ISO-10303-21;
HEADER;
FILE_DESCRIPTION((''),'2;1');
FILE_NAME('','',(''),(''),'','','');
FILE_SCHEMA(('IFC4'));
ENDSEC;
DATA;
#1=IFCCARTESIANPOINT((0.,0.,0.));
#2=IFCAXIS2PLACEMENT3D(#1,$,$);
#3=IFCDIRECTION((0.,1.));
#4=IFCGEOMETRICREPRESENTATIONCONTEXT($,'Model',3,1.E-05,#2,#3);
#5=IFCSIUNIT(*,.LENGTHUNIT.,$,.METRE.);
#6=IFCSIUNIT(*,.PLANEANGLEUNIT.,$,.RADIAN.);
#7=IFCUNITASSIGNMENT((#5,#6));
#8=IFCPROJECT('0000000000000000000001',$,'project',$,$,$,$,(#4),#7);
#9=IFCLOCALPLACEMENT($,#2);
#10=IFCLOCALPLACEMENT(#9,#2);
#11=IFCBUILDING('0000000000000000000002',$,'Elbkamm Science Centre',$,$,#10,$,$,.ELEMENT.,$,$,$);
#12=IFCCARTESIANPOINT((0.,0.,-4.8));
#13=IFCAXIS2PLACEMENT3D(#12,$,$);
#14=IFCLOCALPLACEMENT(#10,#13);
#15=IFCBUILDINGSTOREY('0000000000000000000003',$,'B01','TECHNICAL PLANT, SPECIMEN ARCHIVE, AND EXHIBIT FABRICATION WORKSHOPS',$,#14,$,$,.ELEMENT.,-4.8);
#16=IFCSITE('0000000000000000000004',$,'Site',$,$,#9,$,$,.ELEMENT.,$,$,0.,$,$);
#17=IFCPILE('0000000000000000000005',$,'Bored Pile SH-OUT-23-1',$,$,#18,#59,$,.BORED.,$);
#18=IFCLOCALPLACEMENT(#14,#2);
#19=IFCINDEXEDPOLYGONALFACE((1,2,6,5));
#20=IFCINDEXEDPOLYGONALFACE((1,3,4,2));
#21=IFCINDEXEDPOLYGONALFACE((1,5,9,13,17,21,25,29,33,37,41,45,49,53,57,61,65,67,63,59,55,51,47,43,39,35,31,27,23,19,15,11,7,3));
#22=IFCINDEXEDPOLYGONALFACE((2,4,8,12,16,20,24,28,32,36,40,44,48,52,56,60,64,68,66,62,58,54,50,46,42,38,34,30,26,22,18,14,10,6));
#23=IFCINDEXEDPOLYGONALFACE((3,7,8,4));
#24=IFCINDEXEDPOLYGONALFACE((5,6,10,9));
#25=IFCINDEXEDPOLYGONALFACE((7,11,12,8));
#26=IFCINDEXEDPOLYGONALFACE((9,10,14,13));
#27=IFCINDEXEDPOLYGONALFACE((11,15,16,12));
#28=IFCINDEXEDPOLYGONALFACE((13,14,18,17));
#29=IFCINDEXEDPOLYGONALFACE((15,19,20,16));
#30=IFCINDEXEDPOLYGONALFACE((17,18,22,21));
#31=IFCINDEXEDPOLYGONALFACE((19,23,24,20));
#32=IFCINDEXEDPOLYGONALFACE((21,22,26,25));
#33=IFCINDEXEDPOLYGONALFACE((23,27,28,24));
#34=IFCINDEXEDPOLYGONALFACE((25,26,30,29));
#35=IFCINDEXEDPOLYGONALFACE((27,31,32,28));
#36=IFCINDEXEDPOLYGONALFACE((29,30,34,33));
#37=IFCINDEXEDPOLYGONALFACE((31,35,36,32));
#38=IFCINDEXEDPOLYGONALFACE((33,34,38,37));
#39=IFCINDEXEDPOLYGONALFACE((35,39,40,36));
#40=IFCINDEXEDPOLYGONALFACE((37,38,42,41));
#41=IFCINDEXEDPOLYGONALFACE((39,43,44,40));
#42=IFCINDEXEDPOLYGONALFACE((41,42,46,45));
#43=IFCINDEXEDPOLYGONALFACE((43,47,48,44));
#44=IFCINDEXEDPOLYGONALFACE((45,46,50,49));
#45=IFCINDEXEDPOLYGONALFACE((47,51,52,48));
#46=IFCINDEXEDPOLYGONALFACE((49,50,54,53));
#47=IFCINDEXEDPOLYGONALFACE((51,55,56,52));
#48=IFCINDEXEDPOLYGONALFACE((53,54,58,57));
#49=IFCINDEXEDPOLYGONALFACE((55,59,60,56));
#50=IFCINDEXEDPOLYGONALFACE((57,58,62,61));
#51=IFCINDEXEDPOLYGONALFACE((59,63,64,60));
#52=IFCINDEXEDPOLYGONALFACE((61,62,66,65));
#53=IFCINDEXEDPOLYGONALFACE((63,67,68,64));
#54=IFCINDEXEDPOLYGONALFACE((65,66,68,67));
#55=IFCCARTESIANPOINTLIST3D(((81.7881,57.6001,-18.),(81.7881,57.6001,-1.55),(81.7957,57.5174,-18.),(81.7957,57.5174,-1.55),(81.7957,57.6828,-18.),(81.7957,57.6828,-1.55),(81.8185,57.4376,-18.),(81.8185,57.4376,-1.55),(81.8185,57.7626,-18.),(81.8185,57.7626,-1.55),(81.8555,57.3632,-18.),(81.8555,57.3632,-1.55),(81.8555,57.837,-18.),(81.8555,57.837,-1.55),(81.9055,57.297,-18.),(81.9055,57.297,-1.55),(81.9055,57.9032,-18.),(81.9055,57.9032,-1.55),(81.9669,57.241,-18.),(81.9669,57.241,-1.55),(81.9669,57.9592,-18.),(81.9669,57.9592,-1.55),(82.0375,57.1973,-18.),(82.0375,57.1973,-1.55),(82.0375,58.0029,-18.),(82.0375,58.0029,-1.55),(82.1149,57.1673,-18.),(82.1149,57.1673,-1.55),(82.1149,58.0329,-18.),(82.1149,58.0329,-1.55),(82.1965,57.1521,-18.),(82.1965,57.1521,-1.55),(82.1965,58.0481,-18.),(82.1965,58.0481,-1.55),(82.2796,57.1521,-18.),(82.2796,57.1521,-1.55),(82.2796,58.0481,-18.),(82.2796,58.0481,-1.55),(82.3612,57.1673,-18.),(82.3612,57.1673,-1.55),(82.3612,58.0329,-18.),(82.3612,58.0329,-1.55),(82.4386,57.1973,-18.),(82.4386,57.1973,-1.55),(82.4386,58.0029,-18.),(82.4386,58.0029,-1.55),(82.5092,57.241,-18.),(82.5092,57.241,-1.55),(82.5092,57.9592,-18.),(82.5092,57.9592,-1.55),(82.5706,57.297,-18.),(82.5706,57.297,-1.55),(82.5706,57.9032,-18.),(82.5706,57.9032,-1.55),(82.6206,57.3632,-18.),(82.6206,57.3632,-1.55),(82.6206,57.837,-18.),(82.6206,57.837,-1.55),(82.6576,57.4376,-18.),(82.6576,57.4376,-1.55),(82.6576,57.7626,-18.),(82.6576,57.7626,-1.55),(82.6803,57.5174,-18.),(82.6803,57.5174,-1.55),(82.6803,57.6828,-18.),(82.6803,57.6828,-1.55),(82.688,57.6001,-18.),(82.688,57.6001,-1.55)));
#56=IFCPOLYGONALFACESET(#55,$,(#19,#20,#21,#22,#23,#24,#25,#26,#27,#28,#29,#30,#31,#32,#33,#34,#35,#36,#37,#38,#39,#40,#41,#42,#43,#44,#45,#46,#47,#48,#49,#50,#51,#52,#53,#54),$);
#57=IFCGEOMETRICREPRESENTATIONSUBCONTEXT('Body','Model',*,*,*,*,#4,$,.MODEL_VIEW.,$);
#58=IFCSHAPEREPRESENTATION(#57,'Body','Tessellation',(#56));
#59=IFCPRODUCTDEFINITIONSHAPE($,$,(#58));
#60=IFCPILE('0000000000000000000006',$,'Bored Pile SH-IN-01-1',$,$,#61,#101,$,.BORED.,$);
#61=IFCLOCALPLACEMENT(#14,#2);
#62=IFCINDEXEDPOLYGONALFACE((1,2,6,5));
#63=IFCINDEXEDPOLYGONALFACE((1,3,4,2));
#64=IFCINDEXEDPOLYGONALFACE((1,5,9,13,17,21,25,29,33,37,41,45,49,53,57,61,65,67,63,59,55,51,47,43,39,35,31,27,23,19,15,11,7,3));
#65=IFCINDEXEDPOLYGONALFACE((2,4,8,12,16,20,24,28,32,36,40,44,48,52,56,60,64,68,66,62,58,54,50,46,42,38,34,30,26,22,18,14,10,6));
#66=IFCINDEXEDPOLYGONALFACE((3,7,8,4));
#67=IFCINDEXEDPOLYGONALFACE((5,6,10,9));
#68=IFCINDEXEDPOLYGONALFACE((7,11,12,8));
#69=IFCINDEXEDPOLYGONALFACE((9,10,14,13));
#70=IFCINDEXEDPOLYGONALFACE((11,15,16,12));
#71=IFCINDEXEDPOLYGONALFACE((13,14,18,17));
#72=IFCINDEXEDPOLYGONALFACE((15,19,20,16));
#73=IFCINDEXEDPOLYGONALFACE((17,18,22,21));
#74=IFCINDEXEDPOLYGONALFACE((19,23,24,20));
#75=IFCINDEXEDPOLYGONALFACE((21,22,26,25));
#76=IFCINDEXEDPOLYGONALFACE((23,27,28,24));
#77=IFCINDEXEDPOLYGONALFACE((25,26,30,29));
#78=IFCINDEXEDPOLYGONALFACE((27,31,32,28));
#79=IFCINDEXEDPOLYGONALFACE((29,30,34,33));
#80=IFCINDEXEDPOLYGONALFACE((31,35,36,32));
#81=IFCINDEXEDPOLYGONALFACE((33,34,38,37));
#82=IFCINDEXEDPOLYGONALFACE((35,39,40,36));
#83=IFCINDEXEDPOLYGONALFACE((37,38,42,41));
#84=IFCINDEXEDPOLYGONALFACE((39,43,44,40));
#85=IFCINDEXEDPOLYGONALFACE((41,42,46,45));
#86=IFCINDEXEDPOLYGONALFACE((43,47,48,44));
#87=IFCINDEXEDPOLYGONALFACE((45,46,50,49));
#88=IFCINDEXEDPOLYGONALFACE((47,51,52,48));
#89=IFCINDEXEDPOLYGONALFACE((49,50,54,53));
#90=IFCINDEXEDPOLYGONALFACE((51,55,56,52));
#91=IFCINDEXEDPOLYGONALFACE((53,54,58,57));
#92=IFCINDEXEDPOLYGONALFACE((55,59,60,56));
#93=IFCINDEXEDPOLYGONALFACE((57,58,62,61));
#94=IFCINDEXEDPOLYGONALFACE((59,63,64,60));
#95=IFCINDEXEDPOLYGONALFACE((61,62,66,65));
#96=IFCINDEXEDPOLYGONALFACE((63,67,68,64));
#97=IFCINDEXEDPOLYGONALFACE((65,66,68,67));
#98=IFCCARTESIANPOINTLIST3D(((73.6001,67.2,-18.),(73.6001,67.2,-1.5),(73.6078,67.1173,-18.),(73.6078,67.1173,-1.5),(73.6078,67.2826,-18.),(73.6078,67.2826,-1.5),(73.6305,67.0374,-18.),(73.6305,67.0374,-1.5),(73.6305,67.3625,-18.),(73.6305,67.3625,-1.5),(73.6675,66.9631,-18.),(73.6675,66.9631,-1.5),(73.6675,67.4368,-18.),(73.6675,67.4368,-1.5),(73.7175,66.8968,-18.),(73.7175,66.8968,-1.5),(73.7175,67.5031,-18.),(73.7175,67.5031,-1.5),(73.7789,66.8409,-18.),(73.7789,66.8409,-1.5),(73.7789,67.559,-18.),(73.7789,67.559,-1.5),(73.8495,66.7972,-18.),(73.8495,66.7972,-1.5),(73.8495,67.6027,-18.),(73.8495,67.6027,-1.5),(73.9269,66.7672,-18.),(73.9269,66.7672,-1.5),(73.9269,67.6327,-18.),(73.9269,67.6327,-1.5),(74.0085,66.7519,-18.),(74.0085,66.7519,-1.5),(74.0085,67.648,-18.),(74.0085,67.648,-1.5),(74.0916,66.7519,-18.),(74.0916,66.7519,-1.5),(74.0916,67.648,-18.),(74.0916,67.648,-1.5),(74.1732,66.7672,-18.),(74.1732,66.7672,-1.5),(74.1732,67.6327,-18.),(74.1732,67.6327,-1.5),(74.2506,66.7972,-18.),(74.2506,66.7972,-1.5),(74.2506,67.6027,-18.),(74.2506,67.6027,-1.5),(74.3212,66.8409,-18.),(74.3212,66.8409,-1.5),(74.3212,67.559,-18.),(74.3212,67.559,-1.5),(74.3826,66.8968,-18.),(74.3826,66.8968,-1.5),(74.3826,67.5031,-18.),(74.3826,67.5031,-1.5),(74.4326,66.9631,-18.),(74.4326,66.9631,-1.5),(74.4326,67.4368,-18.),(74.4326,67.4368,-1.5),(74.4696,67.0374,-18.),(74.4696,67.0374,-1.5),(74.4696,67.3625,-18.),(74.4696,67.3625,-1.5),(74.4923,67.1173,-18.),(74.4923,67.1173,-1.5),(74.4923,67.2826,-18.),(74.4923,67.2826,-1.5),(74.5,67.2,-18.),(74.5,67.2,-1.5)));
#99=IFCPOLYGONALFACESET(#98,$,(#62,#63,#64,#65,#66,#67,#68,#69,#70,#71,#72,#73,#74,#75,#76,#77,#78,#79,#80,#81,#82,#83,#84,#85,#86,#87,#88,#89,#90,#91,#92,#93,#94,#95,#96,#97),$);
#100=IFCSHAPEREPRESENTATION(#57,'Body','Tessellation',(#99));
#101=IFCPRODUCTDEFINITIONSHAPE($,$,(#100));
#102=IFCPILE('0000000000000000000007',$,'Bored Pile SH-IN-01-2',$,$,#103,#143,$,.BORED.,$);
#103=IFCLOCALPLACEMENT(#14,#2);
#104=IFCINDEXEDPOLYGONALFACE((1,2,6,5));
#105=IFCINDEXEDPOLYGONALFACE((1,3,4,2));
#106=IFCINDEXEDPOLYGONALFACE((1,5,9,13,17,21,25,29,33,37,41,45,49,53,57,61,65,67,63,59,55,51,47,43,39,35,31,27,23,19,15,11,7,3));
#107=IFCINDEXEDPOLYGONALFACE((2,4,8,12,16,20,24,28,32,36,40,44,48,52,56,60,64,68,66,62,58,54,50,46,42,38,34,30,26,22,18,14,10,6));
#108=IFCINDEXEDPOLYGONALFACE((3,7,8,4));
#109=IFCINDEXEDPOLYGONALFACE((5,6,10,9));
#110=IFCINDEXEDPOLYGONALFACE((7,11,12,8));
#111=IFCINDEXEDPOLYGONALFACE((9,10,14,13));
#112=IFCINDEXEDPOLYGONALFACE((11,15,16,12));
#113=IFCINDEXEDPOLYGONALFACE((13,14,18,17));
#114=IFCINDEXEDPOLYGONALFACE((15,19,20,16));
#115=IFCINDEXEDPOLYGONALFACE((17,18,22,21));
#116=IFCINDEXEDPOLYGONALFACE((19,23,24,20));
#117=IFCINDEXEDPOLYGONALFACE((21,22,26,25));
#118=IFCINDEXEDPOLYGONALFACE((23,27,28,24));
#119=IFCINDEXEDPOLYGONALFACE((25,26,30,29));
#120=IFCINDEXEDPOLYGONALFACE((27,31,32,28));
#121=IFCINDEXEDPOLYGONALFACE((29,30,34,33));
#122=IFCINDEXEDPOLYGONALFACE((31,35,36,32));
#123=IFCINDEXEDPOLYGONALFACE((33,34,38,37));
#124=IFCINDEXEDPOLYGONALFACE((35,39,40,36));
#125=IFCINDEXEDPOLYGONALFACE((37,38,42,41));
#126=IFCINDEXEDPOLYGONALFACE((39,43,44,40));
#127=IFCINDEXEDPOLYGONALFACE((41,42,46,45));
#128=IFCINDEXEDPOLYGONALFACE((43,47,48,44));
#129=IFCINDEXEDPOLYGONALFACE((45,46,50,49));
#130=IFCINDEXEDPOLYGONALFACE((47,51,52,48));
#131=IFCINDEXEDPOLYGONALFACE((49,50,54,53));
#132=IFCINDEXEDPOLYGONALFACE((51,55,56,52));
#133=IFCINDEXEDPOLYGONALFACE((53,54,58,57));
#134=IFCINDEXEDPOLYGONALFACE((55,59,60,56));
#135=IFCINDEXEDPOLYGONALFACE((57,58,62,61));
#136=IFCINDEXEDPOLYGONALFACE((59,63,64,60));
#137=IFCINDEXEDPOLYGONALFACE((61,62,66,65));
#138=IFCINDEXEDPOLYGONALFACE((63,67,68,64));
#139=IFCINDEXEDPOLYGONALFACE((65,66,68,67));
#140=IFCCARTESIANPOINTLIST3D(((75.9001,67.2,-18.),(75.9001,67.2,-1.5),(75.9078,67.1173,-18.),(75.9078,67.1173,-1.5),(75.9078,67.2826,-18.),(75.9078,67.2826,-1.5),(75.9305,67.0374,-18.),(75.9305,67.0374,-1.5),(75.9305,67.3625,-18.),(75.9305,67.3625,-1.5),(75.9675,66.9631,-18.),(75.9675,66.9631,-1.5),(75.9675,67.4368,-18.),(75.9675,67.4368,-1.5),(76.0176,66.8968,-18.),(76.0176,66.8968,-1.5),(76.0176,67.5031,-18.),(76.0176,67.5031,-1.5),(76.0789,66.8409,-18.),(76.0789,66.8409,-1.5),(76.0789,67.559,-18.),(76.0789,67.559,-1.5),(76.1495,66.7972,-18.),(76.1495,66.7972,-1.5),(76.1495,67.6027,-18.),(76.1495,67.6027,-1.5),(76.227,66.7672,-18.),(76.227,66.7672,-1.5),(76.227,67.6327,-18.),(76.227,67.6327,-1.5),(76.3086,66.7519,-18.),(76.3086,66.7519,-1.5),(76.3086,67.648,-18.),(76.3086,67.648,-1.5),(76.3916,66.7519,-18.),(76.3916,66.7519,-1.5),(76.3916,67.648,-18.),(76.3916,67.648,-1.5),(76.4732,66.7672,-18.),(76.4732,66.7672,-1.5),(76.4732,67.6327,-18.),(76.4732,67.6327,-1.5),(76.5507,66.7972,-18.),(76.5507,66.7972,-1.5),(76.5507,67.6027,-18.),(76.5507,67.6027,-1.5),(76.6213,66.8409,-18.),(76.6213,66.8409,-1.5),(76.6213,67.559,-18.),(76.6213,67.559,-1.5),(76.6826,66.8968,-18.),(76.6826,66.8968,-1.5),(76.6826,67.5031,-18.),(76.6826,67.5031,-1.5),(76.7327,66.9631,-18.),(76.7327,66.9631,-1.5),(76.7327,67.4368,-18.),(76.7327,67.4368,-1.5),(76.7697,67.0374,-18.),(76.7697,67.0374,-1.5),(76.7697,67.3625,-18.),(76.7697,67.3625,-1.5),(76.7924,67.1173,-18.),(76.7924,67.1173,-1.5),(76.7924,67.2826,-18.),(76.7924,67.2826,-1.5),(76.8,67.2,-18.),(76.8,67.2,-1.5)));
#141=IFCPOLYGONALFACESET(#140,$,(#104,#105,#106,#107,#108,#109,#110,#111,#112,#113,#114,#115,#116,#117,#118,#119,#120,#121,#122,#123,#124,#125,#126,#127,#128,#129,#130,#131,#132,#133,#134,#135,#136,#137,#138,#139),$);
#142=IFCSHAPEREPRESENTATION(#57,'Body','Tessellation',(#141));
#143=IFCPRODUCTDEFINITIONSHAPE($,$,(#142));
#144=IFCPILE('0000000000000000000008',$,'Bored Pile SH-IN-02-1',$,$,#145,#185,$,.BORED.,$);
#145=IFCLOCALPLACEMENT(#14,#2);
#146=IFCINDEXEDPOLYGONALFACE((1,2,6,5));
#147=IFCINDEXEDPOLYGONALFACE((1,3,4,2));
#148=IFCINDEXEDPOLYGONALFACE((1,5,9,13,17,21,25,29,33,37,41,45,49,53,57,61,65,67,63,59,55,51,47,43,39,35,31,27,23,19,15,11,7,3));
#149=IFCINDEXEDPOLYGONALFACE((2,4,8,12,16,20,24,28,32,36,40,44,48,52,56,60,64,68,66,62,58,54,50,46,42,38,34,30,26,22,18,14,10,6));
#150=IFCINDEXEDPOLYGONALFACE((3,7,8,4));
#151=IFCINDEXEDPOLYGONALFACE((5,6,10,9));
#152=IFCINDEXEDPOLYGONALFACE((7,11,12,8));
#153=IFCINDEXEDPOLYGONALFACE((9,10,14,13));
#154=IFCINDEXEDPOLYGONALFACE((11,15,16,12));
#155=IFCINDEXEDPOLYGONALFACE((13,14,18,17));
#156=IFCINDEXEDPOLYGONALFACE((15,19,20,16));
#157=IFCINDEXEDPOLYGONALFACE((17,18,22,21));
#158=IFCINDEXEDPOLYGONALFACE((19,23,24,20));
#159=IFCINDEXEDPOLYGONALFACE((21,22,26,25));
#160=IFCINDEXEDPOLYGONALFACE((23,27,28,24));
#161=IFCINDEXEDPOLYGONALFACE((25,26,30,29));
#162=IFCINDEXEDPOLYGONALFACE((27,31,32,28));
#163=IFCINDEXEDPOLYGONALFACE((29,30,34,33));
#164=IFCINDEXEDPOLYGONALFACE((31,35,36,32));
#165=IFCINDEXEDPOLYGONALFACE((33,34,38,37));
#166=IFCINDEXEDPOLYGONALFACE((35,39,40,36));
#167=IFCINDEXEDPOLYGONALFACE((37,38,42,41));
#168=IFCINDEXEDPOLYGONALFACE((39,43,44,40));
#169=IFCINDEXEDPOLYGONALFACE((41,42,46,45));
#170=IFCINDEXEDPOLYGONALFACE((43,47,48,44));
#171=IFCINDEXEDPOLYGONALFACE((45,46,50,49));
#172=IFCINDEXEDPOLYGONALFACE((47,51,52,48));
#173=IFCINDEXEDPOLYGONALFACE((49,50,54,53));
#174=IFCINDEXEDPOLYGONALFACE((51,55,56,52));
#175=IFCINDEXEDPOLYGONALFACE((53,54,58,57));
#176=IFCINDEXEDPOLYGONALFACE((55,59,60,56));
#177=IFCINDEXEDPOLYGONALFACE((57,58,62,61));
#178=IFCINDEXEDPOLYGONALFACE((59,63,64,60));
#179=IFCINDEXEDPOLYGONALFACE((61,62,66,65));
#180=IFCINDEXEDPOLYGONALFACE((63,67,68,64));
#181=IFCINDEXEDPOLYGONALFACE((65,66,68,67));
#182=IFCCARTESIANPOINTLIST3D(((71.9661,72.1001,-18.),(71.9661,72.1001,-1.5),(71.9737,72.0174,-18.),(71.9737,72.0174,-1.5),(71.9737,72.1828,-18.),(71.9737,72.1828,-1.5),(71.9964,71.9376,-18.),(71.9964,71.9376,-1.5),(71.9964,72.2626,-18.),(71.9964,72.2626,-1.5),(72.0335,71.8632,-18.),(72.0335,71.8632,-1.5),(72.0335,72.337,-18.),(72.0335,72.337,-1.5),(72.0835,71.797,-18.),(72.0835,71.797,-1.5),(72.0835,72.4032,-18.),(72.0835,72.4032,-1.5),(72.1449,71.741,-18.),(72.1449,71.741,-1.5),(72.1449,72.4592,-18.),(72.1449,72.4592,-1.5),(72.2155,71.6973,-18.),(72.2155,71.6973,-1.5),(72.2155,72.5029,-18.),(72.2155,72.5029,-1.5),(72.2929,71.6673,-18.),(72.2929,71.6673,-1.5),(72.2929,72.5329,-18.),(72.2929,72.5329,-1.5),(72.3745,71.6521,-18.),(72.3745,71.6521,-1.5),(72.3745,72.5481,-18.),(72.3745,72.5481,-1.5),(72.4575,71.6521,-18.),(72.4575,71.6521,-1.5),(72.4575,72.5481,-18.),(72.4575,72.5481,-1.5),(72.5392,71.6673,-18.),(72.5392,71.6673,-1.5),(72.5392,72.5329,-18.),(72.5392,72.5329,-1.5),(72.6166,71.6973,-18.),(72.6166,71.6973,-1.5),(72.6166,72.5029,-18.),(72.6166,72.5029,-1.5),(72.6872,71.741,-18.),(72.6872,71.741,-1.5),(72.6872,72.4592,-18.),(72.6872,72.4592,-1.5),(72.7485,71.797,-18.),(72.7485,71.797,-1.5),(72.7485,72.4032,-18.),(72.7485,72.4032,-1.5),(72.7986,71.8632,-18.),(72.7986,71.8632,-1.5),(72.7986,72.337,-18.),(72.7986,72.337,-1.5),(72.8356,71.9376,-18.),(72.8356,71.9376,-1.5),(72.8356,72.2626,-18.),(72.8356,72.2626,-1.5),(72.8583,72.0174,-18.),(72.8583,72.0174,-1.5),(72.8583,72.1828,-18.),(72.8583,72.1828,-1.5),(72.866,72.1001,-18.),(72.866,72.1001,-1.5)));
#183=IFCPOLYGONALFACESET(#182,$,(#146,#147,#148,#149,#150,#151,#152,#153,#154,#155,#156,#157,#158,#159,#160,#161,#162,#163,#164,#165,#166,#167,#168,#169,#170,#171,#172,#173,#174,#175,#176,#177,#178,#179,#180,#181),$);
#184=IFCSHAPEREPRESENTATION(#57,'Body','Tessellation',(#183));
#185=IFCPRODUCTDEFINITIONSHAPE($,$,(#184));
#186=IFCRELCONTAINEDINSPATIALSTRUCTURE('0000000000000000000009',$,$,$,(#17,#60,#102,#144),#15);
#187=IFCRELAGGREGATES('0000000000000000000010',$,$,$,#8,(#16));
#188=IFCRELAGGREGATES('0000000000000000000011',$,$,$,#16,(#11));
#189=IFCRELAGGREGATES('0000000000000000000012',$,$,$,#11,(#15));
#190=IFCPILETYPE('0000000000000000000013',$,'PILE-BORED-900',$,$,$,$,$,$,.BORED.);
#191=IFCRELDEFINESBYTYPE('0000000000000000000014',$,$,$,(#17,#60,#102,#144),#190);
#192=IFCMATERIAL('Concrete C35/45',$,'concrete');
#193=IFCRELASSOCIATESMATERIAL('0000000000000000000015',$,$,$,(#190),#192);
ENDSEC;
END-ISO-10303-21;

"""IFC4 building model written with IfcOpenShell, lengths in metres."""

from ifc_helpers import new_model, si_unit, direction, frame, origin, origin_2d, place, context, subcontext, project, spatial, circle, extrude, material, material_profile, profile_set, type_object, element, save


model = new_model("IFC4")

# Units and contexts
model_context = context("Model", 3, precision=1e-05, world=origin(), true_north=direction((0.0, 1.0)))
body_context = subcontext(model_context, "Body", "Model", "MODEL_VIEW")
ifc_project = project(units=[si_unit("LENGTHUNIT", "METRE"), si_unit("PLANEANGLEUNIT", "RADIAN")], contexts=[model_context])

# Site, building, storey
site_placement = place(None, origin())
site = spatial("IfcSite", under=ifc_project, at=site_placement, Name="Site", CompositionType="ELEMENT", RefElevation=0.0)
building_placement = place(site_placement, origin())
building = spatial("IfcBuilding", under=site, at=building_placement, Name="Elbkamm Science Centre", CompositionType="ELEMENT")
storey_placement = place(building_placement, frame((0.0, 0.0, -4.8)))
storey = spatial("IfcBuildingStorey", under=building, at=storey_placement, Name="B01", Description="TECHNICAL PLANT, SPECIMEN ARCHIVE, AND EXHIBIT FABRICATION WORKSHOPS", CompositionType="ELEMENT", Elevation=-4.8)

# Shared definitions
ifc_material_1 = material(Name="Concrete C35/45", Category="concrete")

# Piles
ifc_material_profile_1 = material_profile(ifc_material_1, circle(Radius=0.45, at=origin_2d()), Name="PILE D900")
ifc_profile_set_1 = profile_set([ifc_material_profile_1], Name="Concrete C35/45")
pile_type = type_object("IfcPileType", Name="PILE-BORED-900", PredefinedType="BORED", material=ifc_profile_set_1)
pile_placement = place(storey_placement, frame((82.238, 57.6001, -1.55), z_axis=(0.0, 0.0, -1.0), x_axis=(1.0, 0.0, 0.0)))
element("IfcPile", 1, at=pile_placement, inside=storey, type_object=pile_type, Name="Bored Pile SH-OUT-23-1", PredefinedType="BORED", context=body_context, shape_type="SweptSolid", body=[
    extrude(circle(Radius=0.45, at=origin_2d()), origin(), (0.0, 0.0, 1.0), 16.45),
])
for number, where, z_axis, x_axis, name in (
    (2, (74.05, 67.2, -1.5), (0.0, 0.0, -1.0), (1.0, 0.0, 0.0), "Bored Pile SH-IN-01-1"),
    (3, (76.3501, 67.2, -1.5), (0.0, 0.0, -1.0), (1.0, 0.0, 0.0), "Bored Pile SH-IN-01-2"),
    (4, (72.416, 72.1001, -1.5), (0.0, 0.0, -1.0), (1.0, 0.0, 0.0), "Bored Pile SH-IN-02-1"),
):
    element("IfcPile", number, at=place(storey_placement, frame(where, z_axis=z_axis, x_axis=x_axis)), inside=storey, type_object=pile_type, Name=name, PredefinedType="BORED", context=body_context, shape_type="SweptSolid", body=[
        extrude(circle(Radius=0.45, at=origin_2d()), origin(), (0.0, 0.0, 1.0), 16.5),
    ])

save(model, "model.ifc")
